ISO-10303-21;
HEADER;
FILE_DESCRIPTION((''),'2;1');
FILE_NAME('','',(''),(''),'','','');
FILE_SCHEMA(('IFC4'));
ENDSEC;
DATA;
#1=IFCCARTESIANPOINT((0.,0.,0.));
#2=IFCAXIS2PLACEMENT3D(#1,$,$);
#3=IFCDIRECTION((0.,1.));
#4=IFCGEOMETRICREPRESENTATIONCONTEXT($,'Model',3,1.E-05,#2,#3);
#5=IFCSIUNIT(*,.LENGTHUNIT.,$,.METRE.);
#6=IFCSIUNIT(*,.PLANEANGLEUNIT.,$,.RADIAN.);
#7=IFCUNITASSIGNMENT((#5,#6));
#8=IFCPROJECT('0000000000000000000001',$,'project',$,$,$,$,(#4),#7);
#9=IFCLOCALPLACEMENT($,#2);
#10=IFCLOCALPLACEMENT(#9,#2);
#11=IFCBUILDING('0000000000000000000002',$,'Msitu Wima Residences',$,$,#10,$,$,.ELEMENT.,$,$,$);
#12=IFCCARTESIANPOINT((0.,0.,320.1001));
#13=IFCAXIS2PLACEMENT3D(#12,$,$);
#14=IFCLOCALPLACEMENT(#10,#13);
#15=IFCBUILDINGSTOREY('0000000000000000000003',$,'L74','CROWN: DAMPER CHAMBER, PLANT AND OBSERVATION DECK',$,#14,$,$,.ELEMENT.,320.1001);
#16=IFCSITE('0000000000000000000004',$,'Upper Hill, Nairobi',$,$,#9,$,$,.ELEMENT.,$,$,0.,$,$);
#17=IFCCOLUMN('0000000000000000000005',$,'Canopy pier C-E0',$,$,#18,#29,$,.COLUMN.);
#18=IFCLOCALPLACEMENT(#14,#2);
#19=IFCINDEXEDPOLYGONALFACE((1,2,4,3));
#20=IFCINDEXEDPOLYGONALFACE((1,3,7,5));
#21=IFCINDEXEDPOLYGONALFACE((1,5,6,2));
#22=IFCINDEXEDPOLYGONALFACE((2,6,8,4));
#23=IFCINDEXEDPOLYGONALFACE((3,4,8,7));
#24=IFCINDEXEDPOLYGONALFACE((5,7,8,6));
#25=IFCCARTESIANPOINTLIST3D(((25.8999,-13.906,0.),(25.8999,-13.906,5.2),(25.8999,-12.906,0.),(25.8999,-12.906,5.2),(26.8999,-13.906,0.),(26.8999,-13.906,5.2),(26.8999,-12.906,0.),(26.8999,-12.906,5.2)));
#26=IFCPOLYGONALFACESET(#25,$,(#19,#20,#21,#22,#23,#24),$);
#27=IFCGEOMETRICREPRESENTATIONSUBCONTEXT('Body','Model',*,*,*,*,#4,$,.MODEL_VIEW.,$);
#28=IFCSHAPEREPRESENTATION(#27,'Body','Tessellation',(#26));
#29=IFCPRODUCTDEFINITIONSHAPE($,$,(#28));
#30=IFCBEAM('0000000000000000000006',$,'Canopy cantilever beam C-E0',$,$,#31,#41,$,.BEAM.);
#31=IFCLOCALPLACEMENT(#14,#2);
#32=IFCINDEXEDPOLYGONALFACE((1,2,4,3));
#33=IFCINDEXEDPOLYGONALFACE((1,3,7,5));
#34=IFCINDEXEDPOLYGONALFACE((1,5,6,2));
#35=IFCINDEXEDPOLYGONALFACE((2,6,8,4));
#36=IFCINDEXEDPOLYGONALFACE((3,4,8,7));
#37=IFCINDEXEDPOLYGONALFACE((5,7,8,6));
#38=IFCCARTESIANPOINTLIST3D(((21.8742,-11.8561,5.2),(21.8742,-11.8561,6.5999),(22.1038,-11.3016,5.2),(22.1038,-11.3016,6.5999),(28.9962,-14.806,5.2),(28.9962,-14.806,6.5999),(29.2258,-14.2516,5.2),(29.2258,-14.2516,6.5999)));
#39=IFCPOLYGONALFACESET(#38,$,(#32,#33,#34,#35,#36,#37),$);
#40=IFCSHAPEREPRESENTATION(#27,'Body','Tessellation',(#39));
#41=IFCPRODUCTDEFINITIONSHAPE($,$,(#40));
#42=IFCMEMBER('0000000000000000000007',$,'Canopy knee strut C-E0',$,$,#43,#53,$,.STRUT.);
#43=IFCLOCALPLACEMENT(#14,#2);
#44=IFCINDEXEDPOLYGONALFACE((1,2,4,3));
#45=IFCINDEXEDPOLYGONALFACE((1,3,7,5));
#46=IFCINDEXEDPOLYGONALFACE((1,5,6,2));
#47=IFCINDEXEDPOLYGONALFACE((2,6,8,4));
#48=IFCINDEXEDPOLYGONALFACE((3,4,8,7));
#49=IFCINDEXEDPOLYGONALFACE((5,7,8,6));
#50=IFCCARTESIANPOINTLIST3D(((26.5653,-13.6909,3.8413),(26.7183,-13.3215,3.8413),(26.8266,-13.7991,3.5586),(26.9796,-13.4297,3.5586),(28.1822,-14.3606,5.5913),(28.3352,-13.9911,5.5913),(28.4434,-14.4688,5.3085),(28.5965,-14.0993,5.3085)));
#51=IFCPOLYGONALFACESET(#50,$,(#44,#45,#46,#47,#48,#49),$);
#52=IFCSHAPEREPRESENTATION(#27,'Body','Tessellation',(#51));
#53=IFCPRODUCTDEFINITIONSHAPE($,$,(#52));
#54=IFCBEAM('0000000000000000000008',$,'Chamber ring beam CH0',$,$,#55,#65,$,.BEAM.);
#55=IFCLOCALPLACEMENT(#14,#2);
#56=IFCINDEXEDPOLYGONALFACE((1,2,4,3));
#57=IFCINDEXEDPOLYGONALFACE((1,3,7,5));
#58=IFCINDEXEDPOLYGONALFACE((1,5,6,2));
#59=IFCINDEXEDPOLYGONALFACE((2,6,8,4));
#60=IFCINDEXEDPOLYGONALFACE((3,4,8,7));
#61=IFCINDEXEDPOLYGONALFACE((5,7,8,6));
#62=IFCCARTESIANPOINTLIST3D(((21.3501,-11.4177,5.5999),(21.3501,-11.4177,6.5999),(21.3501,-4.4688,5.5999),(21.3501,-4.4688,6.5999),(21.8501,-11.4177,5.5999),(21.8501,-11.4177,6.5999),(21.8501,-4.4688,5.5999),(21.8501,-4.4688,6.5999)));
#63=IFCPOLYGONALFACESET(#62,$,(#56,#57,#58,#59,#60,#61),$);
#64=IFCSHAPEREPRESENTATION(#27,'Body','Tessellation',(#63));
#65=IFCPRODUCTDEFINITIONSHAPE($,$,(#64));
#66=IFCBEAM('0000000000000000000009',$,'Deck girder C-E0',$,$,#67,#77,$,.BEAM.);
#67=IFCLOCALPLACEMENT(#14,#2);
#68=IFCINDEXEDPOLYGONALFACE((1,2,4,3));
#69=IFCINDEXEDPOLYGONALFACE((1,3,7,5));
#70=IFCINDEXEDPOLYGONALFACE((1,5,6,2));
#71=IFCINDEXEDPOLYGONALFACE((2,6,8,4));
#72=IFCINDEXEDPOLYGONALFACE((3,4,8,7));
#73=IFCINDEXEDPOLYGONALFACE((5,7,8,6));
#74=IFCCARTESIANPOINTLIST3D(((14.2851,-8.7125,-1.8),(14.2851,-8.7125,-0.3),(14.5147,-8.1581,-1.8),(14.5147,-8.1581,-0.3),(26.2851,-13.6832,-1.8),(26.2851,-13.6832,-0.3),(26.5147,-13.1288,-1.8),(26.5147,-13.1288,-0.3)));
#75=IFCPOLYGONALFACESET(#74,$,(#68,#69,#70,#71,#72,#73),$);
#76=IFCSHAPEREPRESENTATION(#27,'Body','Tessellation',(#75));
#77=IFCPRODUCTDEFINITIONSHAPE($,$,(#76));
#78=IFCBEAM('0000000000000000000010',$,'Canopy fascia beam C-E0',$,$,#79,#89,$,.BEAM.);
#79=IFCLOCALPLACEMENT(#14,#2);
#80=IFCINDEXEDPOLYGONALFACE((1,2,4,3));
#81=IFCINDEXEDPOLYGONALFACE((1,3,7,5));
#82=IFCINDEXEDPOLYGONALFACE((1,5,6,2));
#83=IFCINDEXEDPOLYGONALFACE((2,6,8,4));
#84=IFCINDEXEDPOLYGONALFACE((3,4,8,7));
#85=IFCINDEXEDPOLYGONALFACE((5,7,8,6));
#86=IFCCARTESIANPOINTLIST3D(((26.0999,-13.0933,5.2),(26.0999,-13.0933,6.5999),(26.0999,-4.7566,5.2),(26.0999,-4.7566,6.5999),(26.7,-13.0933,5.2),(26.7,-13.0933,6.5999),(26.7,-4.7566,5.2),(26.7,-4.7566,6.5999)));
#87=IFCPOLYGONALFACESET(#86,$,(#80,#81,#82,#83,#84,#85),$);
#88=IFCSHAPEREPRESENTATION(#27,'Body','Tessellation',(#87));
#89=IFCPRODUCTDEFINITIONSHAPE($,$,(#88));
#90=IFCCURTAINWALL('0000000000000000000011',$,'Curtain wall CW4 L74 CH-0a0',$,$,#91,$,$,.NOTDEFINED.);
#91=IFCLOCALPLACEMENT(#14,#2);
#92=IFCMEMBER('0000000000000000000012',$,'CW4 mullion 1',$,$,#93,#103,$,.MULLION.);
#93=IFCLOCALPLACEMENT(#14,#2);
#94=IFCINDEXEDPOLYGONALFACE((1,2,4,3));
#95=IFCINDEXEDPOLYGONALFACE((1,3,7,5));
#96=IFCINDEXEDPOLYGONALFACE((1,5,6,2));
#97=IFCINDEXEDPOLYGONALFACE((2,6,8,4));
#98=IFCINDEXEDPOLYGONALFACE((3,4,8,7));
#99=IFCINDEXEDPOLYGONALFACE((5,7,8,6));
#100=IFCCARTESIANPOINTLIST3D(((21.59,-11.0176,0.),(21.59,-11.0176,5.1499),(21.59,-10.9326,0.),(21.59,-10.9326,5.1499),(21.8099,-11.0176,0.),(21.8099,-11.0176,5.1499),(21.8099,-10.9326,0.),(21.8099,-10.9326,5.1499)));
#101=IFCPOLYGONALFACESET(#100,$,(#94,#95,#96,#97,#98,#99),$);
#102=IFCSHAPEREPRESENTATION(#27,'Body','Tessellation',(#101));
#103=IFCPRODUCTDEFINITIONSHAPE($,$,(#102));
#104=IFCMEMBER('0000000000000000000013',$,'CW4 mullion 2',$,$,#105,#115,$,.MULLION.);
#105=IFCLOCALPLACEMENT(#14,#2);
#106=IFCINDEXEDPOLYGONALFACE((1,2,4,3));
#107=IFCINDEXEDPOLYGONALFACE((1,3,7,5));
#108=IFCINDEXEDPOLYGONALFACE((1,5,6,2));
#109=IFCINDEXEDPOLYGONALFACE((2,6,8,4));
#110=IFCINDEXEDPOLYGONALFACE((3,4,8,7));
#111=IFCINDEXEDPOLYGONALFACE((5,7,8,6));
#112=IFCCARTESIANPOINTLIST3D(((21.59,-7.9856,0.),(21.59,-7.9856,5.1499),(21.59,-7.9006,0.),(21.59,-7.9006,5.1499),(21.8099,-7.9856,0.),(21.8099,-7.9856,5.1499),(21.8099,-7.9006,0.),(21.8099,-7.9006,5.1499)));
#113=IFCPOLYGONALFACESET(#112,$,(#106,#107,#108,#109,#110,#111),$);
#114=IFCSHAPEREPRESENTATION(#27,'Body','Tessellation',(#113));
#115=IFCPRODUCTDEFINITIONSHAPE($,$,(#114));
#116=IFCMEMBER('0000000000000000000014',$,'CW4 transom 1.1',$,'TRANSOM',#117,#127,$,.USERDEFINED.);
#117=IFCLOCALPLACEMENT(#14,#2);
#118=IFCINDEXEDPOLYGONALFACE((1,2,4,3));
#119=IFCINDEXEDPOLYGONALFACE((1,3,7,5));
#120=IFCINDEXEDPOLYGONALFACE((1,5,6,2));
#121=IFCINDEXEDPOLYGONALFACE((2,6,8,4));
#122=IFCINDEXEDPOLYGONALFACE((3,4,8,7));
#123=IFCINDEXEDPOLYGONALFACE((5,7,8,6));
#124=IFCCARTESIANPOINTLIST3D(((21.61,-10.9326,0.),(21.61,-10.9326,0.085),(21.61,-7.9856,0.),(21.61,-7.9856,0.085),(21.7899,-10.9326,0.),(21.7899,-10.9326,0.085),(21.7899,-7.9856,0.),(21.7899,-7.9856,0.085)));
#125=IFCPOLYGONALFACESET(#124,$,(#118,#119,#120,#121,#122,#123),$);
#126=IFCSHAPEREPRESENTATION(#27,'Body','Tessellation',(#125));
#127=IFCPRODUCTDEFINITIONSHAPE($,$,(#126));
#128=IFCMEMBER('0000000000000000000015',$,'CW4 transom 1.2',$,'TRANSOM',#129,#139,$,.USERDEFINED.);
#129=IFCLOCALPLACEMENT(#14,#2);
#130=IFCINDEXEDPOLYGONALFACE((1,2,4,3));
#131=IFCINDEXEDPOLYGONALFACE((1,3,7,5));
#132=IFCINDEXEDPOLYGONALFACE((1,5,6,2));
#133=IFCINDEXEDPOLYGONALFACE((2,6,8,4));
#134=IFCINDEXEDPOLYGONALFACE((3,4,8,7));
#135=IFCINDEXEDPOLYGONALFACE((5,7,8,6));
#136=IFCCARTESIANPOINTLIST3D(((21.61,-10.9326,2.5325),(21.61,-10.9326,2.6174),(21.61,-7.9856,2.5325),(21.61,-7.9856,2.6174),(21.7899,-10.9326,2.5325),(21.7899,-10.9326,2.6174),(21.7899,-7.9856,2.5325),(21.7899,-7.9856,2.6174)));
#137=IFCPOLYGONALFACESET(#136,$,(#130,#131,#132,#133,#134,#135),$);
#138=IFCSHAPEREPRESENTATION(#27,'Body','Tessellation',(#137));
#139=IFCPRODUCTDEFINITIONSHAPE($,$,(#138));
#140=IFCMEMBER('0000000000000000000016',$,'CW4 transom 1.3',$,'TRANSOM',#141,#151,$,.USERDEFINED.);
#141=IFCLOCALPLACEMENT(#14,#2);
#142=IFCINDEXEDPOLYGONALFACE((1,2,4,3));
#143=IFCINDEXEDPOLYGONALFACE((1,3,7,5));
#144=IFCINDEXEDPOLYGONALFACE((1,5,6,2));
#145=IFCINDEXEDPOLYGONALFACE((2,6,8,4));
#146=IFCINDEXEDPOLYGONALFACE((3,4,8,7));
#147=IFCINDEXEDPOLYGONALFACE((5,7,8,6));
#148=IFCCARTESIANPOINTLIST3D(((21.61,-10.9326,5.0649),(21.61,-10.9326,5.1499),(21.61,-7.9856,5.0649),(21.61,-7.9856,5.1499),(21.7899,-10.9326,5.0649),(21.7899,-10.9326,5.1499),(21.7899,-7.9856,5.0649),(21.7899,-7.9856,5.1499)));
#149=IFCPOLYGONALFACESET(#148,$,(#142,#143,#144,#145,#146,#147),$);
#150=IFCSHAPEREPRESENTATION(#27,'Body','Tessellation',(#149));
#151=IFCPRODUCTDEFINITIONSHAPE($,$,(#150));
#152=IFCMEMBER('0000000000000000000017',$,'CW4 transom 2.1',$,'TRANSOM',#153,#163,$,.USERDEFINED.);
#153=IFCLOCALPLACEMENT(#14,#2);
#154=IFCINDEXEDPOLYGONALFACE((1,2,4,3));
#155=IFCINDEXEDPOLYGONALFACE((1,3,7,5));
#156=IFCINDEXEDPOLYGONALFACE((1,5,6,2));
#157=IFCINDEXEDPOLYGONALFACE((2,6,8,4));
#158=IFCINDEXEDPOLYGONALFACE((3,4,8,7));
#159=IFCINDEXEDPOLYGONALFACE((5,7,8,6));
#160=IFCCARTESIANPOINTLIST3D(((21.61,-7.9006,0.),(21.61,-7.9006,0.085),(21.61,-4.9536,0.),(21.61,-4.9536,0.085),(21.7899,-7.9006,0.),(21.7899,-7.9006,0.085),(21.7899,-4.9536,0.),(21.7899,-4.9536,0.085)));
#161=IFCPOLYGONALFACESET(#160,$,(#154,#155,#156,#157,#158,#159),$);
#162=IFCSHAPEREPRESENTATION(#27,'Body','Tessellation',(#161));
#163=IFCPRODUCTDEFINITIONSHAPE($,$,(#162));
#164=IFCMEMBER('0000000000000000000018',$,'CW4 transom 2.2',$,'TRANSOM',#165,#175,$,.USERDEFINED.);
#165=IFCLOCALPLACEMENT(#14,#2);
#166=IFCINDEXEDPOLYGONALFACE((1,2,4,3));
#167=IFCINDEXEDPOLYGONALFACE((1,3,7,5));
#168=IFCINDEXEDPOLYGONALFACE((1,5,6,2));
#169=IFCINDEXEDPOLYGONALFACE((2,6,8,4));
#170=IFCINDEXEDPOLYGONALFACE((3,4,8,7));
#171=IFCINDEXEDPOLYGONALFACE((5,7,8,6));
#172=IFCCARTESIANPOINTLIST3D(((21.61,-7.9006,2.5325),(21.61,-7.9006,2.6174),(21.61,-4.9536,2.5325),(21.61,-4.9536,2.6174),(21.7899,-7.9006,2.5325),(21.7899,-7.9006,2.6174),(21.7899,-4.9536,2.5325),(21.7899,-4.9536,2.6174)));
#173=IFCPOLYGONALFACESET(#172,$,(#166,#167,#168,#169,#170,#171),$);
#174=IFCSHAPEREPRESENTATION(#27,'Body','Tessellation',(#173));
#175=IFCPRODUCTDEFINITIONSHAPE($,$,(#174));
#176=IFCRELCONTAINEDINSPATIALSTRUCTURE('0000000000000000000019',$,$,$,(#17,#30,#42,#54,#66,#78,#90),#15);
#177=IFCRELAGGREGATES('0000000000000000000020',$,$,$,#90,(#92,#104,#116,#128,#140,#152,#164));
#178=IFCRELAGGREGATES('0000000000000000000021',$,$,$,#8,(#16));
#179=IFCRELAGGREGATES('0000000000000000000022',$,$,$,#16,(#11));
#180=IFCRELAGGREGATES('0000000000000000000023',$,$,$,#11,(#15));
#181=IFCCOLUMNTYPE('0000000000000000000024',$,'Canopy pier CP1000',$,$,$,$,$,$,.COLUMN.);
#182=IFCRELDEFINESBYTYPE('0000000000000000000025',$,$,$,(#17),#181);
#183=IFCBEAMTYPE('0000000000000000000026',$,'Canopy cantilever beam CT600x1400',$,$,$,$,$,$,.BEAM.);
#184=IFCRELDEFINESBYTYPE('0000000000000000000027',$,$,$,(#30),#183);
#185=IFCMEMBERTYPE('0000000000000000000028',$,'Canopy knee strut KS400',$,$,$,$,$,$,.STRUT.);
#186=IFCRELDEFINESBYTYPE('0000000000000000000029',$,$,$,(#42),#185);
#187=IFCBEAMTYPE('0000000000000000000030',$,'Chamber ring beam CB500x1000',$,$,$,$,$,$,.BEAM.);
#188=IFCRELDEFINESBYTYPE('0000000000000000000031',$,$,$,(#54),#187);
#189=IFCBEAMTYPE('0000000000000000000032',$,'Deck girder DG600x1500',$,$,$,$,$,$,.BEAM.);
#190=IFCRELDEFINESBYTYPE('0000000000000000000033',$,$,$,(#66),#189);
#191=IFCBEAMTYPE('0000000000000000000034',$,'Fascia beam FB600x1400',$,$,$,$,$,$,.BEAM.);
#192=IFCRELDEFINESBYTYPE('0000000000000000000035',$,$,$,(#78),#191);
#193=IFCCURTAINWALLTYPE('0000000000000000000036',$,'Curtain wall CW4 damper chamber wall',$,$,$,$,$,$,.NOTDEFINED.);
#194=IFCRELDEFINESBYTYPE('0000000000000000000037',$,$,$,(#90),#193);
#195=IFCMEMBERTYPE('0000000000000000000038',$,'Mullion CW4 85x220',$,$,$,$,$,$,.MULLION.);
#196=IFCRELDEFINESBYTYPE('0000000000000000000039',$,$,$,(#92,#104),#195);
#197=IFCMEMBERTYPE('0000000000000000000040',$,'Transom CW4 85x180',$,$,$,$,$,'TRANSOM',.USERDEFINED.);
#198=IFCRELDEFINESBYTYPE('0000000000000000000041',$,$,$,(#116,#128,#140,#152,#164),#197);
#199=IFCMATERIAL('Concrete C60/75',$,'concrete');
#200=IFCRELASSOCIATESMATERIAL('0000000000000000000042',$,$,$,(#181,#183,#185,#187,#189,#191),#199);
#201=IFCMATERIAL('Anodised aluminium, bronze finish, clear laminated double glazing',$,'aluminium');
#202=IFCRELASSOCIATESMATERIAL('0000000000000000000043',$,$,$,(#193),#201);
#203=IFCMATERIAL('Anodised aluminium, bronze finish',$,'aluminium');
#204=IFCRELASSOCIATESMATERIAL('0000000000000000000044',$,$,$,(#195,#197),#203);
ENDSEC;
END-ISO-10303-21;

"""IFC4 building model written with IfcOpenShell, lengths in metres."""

from ifc_helpers import new_model, si_unit, direction, frame, origin, origin_2d, place, context, subcontext, project, spatial, rectangle, extrude, material, material_profile, profile_set, type_object, element, aggregate, save


model = new_model("IFC4")

# Units and contexts
model_context = context("Model", 3, precision=1e-05, world=origin(), true_north=direction((0.0, 1.0)))
body_context = subcontext(model_context, "Body", "Model", "MODEL_VIEW")
ifc_project = project(units=[si_unit("LENGTHUNIT", "METRE"), si_unit("PLANEANGLEUNIT", "RADIAN")], contexts=[model_context])

# Site, building, storey
site_placement = place(None, origin())
site = spatial("IfcSite", under=ifc_project, at=site_placement, Name="Upper Hill, Nairobi", CompositionType="ELEMENT", RefElevation=0.0)
building_placement = place(site_placement, origin())
building = spatial("IfcBuilding", under=site, at=building_placement, Name="Msitu Wima Residences", CompositionType="ELEMENT")
storey_placement = place(building_placement, frame((0.0, 0.0, 320.1001)))
storey = spatial("IfcBuildingStorey", under=building, at=storey_placement, Name="L74", Description="CROWN: DAMPER CHAMBER, PLANT AND OBSERVATION DECK", CompositionType="ELEMENT", Elevation=320.1001)

# Column
ifc_material_1 = material(Name="Concrete C60/75", Category="concrete")
ifc_material_profile_1 = material_profile(ifc_material_1, rectangle(XDim=1.0, YDim=1.0, at=origin_2d()), Name="RC 1000x1000")
ifc_profile_set_1 = profile_set([ifc_material_profile_1], Name="Concrete C60/75")
column_type = type_object("IfcColumnType", Name="Canopy pier CP1000", PredefinedType="COLUMN", material=ifc_profile_set_1)
column_placement = place(storey_placement, frame((26.3999, -13.406, 0.0), z_axis=(0.0, 0.0, 1.0), x_axis=(1.0, 0.0, 0.0)))
element("IfcColumn", 1, at=column_placement, inside=storey, type_object=column_type, Name="Canopy pier C-E0", PredefinedType="COLUMN", context=body_context, shape_type="SweptSolid", body=[
    extrude(rectangle(XDim=1.0, YDim=1.0, at=origin_2d()), origin(), (0.0, 0.0, 1.0), 5.2),
])

# Beam
ifc_material_profile_2 = material_profile(ifc_material_1, rectangle(XDim=0.6001, YDim=1.3999, at=origin_2d()), Name="RC 600x1400")
ifc_profile_set_2 = profile_set([ifc_material_profile_2], Name="Concrete C60/75")
beam_type_1 = type_object("IfcBeamType", Name="Canopy cantilever beam CT600x1400", PredefinedType="BEAM", material=ifc_profile_set_2)
beam_1_placement = place(storey_placement, frame((21.989, -11.5789, 5.8999), z_axis=(0.923884, -0.382672, 0.0), x_axis=(0.382672, 0.923884, 0.0)))
element("IfcBeam", 2, at=beam_1_placement, inside=storey, type_object=beam_type_1, Name="Canopy cantilever beam C-E0", PredefinedType="BEAM", context=body_context, shape_type="SweptSolid", body=[
    extrude(rectangle(XDim=0.6001, YDim=1.3999, at=origin_2d()), origin(), (0.0, 0.0, 1.0), 7.7087),
])

# Member
ifc_material_profile_3 = material_profile(ifc_material_1, rectangle(XDim=0.3999, YDim=0.3999, at=origin_2d()), Name="RC 400x400")
ifc_profile_set_3 = profile_set([ifc_material_profile_3], Name="Concrete C60/75")
member_type_1 = type_object("IfcMemberType", Name="Canopy knee strut KS400", PredefinedType="STRUT", material=ifc_profile_set_3)
member_1_placement = place(storey_placement, frame((26.7725, -13.5603, 3.7), z_axis=(0.653318, -0.27058, 0.707079), x_axis=(0.382643, 0.923896, 0.0)))
element("IfcMember", 3, at=member_1_placement, inside=storey, type_object=member_type_1, Name="Canopy knee strut C-E0", PredefinedType="STRUT", context=body_context, shape_type="SweptSolid", body=[
    extrude(rectangle(XDim=0.3999, YDim=0.3999, at=origin_2d()), origin(), (0.0, 0.0, 1.0), 2.4749),
])

# Beams
ifc_material_profile_4 = material_profile(ifc_material_1, rectangle(XDim=0.5, YDim=1.0, at=origin_2d()), Name="RC 500x1000")
ifc_profile_set_4 = profile_set([ifc_material_profile_4], Name="Concrete C60/75")
beam_type_2 = type_object("IfcBeamType", Name="Chamber ring beam CB500x1000", PredefinedType="BEAM", material=ifc_profile_set_4)
beam_2_placement = place(storey_placement, frame((21.6001, -11.4177, 6.0999), z_axis=(0.0, 1.0, 0.0), x_axis=(-1.0, 0.0, 0.0)))
element("IfcBeam", 4, at=beam_2_placement, inside=storey, type_object=beam_type_2, Name="Chamber ring beam CH0", PredefinedType="BEAM", context=body_context, shape_type="SweptSolid", body=[
    extrude(rectangle(XDim=0.5, YDim=1.0, at=origin_2d()), origin(), (0.0, 0.0, 1.0), 6.949),
])
ifc_material_profile_5 = material_profile(ifc_material_1, rectangle(XDim=0.6001, YDim=1.5, at=origin_2d()), Name="RC 600x1500")
ifc_profile_set_5 = profile_set([ifc_material_profile_5], Name="Concrete C60/75")
beam_type_3 = type_object("IfcBeamType", Name="Deck girder DG600x1500", PredefinedType="BEAM", material=ifc_profile_set_5)
beam_3_placement = place(storey_placement, frame((26.3999, -13.406, -1.05), z_axis=(-0.923876, 0.382693, 0.0), x_axis=(-0.382693, -0.923876, 0.0)))
element("IfcBeam", 5, at=beam_3_placement, inside=storey, type_object=beam_type_3, Name="Deck girder C-E0", PredefinedType="BEAM", context=body_context, shape_type="SweptSolid", body=[
    extrude(rectangle(XDim=0.6001, YDim=1.5, at=origin_2d()), origin(), (0.0, 0.0, 1.0), 12.9888),
])
ifc_material_profile_6 = material_profile(ifc_material_1, rectangle(XDim=0.6001, YDim=1.3999, at=origin_2d()), Name="RC 600x1400")
ifc_profile_set_6 = profile_set([ifc_material_profile_6], Name="Concrete C60/75")
beam_type_4 = type_object("IfcBeamType", Name="Fascia beam FB600x1400", PredefinedType="BEAM", material=ifc_profile_set_6)
beam_4_placement = place(storey_placement, frame((26.3999, -13.0933, 5.8999), z_axis=(0.0, 1.0, 0.0), x_axis=(-1.0, 0.0, 0.0)))
element("IfcBeam", 6, at=beam_4_placement, inside=storey, type_object=beam_type_4, Name="Canopy fascia beam C-E0", PredefinedType="BEAM", context=body_context, shape_type="SweptSolid", body=[
    extrude(rectangle(XDim=0.6001, YDim=1.3999, at=origin_2d()), origin(), (0.0, 0.0, 1.0), 8.3367),
])

# Curtain wall, members
ifc_material_2 = material(Name="Anodised aluminium, bronze finish, clear laminated double glazing", Category="aluminium")
curtain_wall_type = type_object("IfcCurtainWallType", Name="Curtain wall CW4 damper chamber wall", PredefinedType="NOTDEFINED", material=ifc_material_2)
curtain_wall_placement = place(storey_placement, origin())
curtain_wall = element("IfcCurtainWall", 7, at=curtain_wall_placement, inside=storey, type_object=curtain_wall_type, Name="Curtain wall CW4 L74 CH-0a0", PredefinedType="NOTDEFINED")
ifc_material_3 = material(Name="Anodised aluminium, bronze finish", Category="aluminium")
ifc_material_profile_7 = material_profile(ifc_material_3, rectangle(XDim=0.22, YDim=0.085, at=origin_2d()), Name="Mullion 85x220")
ifc_profile_set_7 = profile_set([ifc_material_profile_7], Name="Anodised aluminium, bronze finish")
member_type_2 = type_object("IfcMemberType", Name="Mullion CW4 85x220", PredefinedType="MULLION", material=ifc_profile_set_7)
member_2_placement = place(storey_placement, frame((21.7, -10.9751, 0.0), z_axis=(0.0, 0.0, 1.0), x_axis=(-1.0, 0.0, 0.0)))
member_2 = element("IfcMember", 8, at=member_2_placement, type_object=member_type_2, Name="CW4 mullion 1", PredefinedType="MULLION", context=body_context, shape_type="SweptSolid", body=[
    extrude(rectangle(XDim=0.22, YDim=0.085, at=origin_2d()), origin(), (0.0, 0.0, 1.0), 5.1499),
])
member_3_placement = place(storey_placement, frame((21.7, -7.9431, 0.0), z_axis=(0.0, 0.0, 1.0), x_axis=(-1.0, 0.0, 0.0)))
member_3 = element("IfcMember", 9, at=member_3_placement, type_object=member_type_2, Name="CW4 mullion 2", PredefinedType="MULLION", context=body_context, shape_type="SweptSolid", body=[
    extrude(rectangle(XDim=0.22, YDim=0.085, at=origin_2d()), origin(), (0.0, 0.0, 1.0), 5.1499),
])
ifc_material_profile_8 = material_profile(ifc_material_3, rectangle(XDim=0.1799, YDim=0.085, at=origin_2d()), Name="Transom 85x180")
ifc_profile_set_8 = profile_set([ifc_material_profile_8], Name="Anodised aluminium, bronze finish")
member_type_3 = type_object("IfcMemberType", Name="Transom CW4 85x180", ElementType="TRANSOM", PredefinedType="USERDEFINED", material=ifc_profile_set_8)
member_4_placement = place(storey_placement, frame((21.7, -10.9326, 0.0425), z_axis=(0.0, 1.0, 0.0), x_axis=(-1.0, 0.0, 0.0)))
member_4 = element("IfcMember", 10, at=member_4_placement, type_object=member_type_3, Name="CW4 transom 1.1", ObjectType="TRANSOM", PredefinedType="USERDEFINED", context=body_context, shape_type="SweptSolid", body=[
    extrude(rectangle(XDim=0.1799, YDim=0.085, at=origin_2d()), origin(), (0.0, 0.0, 1.0), 2.947),
])
member_5_placement = place(storey_placement, frame((21.7, -10.9326, 2.575), z_axis=(0.0, 1.0, 0.0), x_axis=(-1.0, 0.0, 0.0)))
member_5 = element("IfcMember", 11, at=member_5_placement, type_object=member_type_3, Name="CW4 transom 1.2", ObjectType="TRANSOM", PredefinedType="USERDEFINED", context=body_context, shape_type="SweptSolid", body=[
    extrude(rectangle(XDim=0.1799, YDim=0.085, at=origin_2d()), origin(), (0.0, 0.0, 1.0), 2.947),
])
member_6_placement = place(storey_placement, frame((21.7, -10.9326, 5.1074), z_axis=(0.0, 1.0, 0.0), x_axis=(-1.0, 0.0, 0.0)))
member_6 = element("IfcMember", 12, at=member_6_placement, type_object=member_type_3, Name="CW4 transom 1.3", ObjectType="TRANSOM", PredefinedType="USERDEFINED", context=body_context, shape_type="SweptSolid", body=[
    extrude(rectangle(XDim=0.1799, YDim=0.085, at=origin_2d()), origin(), (0.0, 0.0, 1.0), 2.947),
])
member_7_placement = place(storey_placement, frame((21.7, -7.9006, 0.0425), z_axis=(0.0, 1.0, 0.0), x_axis=(-1.0, 0.0, 0.0)))
member_7 = element("IfcMember", 13, at=member_7_placement, type_object=member_type_3, Name="CW4 transom 2.1", ObjectType="TRANSOM", PredefinedType="USERDEFINED", context=body_context, shape_type="SweptSolid", body=[
    extrude(rectangle(XDim=0.1799, YDim=0.085, at=origin_2d()), origin(), (0.0, 0.0, 1.0), 2.947),
])
member_8_placement = place(storey_placement, frame((21.7, -7.9006, 2.575), z_axis=(0.0, 1.0, 0.0), x_axis=(-1.0, 0.0, 0.0)))
member_8 = element("IfcMember", 14, at=member_8_placement, type_object=member_type_3, Name="CW4 transom 2.2", ObjectType="TRANSOM", PredefinedType="USERDEFINED", context=body_context, shape_type="SweptSolid", body=[
    extrude(rectangle(XDim=0.1799, YDim=0.085, at=origin_2d()), origin(), (0.0, 0.0, 1.0), 2.947),
])
aggregate(curtain_wall, [member_2, member_3, member_4, member_5, member_6, member_7, member_8])

save(model, "model.ifc")
